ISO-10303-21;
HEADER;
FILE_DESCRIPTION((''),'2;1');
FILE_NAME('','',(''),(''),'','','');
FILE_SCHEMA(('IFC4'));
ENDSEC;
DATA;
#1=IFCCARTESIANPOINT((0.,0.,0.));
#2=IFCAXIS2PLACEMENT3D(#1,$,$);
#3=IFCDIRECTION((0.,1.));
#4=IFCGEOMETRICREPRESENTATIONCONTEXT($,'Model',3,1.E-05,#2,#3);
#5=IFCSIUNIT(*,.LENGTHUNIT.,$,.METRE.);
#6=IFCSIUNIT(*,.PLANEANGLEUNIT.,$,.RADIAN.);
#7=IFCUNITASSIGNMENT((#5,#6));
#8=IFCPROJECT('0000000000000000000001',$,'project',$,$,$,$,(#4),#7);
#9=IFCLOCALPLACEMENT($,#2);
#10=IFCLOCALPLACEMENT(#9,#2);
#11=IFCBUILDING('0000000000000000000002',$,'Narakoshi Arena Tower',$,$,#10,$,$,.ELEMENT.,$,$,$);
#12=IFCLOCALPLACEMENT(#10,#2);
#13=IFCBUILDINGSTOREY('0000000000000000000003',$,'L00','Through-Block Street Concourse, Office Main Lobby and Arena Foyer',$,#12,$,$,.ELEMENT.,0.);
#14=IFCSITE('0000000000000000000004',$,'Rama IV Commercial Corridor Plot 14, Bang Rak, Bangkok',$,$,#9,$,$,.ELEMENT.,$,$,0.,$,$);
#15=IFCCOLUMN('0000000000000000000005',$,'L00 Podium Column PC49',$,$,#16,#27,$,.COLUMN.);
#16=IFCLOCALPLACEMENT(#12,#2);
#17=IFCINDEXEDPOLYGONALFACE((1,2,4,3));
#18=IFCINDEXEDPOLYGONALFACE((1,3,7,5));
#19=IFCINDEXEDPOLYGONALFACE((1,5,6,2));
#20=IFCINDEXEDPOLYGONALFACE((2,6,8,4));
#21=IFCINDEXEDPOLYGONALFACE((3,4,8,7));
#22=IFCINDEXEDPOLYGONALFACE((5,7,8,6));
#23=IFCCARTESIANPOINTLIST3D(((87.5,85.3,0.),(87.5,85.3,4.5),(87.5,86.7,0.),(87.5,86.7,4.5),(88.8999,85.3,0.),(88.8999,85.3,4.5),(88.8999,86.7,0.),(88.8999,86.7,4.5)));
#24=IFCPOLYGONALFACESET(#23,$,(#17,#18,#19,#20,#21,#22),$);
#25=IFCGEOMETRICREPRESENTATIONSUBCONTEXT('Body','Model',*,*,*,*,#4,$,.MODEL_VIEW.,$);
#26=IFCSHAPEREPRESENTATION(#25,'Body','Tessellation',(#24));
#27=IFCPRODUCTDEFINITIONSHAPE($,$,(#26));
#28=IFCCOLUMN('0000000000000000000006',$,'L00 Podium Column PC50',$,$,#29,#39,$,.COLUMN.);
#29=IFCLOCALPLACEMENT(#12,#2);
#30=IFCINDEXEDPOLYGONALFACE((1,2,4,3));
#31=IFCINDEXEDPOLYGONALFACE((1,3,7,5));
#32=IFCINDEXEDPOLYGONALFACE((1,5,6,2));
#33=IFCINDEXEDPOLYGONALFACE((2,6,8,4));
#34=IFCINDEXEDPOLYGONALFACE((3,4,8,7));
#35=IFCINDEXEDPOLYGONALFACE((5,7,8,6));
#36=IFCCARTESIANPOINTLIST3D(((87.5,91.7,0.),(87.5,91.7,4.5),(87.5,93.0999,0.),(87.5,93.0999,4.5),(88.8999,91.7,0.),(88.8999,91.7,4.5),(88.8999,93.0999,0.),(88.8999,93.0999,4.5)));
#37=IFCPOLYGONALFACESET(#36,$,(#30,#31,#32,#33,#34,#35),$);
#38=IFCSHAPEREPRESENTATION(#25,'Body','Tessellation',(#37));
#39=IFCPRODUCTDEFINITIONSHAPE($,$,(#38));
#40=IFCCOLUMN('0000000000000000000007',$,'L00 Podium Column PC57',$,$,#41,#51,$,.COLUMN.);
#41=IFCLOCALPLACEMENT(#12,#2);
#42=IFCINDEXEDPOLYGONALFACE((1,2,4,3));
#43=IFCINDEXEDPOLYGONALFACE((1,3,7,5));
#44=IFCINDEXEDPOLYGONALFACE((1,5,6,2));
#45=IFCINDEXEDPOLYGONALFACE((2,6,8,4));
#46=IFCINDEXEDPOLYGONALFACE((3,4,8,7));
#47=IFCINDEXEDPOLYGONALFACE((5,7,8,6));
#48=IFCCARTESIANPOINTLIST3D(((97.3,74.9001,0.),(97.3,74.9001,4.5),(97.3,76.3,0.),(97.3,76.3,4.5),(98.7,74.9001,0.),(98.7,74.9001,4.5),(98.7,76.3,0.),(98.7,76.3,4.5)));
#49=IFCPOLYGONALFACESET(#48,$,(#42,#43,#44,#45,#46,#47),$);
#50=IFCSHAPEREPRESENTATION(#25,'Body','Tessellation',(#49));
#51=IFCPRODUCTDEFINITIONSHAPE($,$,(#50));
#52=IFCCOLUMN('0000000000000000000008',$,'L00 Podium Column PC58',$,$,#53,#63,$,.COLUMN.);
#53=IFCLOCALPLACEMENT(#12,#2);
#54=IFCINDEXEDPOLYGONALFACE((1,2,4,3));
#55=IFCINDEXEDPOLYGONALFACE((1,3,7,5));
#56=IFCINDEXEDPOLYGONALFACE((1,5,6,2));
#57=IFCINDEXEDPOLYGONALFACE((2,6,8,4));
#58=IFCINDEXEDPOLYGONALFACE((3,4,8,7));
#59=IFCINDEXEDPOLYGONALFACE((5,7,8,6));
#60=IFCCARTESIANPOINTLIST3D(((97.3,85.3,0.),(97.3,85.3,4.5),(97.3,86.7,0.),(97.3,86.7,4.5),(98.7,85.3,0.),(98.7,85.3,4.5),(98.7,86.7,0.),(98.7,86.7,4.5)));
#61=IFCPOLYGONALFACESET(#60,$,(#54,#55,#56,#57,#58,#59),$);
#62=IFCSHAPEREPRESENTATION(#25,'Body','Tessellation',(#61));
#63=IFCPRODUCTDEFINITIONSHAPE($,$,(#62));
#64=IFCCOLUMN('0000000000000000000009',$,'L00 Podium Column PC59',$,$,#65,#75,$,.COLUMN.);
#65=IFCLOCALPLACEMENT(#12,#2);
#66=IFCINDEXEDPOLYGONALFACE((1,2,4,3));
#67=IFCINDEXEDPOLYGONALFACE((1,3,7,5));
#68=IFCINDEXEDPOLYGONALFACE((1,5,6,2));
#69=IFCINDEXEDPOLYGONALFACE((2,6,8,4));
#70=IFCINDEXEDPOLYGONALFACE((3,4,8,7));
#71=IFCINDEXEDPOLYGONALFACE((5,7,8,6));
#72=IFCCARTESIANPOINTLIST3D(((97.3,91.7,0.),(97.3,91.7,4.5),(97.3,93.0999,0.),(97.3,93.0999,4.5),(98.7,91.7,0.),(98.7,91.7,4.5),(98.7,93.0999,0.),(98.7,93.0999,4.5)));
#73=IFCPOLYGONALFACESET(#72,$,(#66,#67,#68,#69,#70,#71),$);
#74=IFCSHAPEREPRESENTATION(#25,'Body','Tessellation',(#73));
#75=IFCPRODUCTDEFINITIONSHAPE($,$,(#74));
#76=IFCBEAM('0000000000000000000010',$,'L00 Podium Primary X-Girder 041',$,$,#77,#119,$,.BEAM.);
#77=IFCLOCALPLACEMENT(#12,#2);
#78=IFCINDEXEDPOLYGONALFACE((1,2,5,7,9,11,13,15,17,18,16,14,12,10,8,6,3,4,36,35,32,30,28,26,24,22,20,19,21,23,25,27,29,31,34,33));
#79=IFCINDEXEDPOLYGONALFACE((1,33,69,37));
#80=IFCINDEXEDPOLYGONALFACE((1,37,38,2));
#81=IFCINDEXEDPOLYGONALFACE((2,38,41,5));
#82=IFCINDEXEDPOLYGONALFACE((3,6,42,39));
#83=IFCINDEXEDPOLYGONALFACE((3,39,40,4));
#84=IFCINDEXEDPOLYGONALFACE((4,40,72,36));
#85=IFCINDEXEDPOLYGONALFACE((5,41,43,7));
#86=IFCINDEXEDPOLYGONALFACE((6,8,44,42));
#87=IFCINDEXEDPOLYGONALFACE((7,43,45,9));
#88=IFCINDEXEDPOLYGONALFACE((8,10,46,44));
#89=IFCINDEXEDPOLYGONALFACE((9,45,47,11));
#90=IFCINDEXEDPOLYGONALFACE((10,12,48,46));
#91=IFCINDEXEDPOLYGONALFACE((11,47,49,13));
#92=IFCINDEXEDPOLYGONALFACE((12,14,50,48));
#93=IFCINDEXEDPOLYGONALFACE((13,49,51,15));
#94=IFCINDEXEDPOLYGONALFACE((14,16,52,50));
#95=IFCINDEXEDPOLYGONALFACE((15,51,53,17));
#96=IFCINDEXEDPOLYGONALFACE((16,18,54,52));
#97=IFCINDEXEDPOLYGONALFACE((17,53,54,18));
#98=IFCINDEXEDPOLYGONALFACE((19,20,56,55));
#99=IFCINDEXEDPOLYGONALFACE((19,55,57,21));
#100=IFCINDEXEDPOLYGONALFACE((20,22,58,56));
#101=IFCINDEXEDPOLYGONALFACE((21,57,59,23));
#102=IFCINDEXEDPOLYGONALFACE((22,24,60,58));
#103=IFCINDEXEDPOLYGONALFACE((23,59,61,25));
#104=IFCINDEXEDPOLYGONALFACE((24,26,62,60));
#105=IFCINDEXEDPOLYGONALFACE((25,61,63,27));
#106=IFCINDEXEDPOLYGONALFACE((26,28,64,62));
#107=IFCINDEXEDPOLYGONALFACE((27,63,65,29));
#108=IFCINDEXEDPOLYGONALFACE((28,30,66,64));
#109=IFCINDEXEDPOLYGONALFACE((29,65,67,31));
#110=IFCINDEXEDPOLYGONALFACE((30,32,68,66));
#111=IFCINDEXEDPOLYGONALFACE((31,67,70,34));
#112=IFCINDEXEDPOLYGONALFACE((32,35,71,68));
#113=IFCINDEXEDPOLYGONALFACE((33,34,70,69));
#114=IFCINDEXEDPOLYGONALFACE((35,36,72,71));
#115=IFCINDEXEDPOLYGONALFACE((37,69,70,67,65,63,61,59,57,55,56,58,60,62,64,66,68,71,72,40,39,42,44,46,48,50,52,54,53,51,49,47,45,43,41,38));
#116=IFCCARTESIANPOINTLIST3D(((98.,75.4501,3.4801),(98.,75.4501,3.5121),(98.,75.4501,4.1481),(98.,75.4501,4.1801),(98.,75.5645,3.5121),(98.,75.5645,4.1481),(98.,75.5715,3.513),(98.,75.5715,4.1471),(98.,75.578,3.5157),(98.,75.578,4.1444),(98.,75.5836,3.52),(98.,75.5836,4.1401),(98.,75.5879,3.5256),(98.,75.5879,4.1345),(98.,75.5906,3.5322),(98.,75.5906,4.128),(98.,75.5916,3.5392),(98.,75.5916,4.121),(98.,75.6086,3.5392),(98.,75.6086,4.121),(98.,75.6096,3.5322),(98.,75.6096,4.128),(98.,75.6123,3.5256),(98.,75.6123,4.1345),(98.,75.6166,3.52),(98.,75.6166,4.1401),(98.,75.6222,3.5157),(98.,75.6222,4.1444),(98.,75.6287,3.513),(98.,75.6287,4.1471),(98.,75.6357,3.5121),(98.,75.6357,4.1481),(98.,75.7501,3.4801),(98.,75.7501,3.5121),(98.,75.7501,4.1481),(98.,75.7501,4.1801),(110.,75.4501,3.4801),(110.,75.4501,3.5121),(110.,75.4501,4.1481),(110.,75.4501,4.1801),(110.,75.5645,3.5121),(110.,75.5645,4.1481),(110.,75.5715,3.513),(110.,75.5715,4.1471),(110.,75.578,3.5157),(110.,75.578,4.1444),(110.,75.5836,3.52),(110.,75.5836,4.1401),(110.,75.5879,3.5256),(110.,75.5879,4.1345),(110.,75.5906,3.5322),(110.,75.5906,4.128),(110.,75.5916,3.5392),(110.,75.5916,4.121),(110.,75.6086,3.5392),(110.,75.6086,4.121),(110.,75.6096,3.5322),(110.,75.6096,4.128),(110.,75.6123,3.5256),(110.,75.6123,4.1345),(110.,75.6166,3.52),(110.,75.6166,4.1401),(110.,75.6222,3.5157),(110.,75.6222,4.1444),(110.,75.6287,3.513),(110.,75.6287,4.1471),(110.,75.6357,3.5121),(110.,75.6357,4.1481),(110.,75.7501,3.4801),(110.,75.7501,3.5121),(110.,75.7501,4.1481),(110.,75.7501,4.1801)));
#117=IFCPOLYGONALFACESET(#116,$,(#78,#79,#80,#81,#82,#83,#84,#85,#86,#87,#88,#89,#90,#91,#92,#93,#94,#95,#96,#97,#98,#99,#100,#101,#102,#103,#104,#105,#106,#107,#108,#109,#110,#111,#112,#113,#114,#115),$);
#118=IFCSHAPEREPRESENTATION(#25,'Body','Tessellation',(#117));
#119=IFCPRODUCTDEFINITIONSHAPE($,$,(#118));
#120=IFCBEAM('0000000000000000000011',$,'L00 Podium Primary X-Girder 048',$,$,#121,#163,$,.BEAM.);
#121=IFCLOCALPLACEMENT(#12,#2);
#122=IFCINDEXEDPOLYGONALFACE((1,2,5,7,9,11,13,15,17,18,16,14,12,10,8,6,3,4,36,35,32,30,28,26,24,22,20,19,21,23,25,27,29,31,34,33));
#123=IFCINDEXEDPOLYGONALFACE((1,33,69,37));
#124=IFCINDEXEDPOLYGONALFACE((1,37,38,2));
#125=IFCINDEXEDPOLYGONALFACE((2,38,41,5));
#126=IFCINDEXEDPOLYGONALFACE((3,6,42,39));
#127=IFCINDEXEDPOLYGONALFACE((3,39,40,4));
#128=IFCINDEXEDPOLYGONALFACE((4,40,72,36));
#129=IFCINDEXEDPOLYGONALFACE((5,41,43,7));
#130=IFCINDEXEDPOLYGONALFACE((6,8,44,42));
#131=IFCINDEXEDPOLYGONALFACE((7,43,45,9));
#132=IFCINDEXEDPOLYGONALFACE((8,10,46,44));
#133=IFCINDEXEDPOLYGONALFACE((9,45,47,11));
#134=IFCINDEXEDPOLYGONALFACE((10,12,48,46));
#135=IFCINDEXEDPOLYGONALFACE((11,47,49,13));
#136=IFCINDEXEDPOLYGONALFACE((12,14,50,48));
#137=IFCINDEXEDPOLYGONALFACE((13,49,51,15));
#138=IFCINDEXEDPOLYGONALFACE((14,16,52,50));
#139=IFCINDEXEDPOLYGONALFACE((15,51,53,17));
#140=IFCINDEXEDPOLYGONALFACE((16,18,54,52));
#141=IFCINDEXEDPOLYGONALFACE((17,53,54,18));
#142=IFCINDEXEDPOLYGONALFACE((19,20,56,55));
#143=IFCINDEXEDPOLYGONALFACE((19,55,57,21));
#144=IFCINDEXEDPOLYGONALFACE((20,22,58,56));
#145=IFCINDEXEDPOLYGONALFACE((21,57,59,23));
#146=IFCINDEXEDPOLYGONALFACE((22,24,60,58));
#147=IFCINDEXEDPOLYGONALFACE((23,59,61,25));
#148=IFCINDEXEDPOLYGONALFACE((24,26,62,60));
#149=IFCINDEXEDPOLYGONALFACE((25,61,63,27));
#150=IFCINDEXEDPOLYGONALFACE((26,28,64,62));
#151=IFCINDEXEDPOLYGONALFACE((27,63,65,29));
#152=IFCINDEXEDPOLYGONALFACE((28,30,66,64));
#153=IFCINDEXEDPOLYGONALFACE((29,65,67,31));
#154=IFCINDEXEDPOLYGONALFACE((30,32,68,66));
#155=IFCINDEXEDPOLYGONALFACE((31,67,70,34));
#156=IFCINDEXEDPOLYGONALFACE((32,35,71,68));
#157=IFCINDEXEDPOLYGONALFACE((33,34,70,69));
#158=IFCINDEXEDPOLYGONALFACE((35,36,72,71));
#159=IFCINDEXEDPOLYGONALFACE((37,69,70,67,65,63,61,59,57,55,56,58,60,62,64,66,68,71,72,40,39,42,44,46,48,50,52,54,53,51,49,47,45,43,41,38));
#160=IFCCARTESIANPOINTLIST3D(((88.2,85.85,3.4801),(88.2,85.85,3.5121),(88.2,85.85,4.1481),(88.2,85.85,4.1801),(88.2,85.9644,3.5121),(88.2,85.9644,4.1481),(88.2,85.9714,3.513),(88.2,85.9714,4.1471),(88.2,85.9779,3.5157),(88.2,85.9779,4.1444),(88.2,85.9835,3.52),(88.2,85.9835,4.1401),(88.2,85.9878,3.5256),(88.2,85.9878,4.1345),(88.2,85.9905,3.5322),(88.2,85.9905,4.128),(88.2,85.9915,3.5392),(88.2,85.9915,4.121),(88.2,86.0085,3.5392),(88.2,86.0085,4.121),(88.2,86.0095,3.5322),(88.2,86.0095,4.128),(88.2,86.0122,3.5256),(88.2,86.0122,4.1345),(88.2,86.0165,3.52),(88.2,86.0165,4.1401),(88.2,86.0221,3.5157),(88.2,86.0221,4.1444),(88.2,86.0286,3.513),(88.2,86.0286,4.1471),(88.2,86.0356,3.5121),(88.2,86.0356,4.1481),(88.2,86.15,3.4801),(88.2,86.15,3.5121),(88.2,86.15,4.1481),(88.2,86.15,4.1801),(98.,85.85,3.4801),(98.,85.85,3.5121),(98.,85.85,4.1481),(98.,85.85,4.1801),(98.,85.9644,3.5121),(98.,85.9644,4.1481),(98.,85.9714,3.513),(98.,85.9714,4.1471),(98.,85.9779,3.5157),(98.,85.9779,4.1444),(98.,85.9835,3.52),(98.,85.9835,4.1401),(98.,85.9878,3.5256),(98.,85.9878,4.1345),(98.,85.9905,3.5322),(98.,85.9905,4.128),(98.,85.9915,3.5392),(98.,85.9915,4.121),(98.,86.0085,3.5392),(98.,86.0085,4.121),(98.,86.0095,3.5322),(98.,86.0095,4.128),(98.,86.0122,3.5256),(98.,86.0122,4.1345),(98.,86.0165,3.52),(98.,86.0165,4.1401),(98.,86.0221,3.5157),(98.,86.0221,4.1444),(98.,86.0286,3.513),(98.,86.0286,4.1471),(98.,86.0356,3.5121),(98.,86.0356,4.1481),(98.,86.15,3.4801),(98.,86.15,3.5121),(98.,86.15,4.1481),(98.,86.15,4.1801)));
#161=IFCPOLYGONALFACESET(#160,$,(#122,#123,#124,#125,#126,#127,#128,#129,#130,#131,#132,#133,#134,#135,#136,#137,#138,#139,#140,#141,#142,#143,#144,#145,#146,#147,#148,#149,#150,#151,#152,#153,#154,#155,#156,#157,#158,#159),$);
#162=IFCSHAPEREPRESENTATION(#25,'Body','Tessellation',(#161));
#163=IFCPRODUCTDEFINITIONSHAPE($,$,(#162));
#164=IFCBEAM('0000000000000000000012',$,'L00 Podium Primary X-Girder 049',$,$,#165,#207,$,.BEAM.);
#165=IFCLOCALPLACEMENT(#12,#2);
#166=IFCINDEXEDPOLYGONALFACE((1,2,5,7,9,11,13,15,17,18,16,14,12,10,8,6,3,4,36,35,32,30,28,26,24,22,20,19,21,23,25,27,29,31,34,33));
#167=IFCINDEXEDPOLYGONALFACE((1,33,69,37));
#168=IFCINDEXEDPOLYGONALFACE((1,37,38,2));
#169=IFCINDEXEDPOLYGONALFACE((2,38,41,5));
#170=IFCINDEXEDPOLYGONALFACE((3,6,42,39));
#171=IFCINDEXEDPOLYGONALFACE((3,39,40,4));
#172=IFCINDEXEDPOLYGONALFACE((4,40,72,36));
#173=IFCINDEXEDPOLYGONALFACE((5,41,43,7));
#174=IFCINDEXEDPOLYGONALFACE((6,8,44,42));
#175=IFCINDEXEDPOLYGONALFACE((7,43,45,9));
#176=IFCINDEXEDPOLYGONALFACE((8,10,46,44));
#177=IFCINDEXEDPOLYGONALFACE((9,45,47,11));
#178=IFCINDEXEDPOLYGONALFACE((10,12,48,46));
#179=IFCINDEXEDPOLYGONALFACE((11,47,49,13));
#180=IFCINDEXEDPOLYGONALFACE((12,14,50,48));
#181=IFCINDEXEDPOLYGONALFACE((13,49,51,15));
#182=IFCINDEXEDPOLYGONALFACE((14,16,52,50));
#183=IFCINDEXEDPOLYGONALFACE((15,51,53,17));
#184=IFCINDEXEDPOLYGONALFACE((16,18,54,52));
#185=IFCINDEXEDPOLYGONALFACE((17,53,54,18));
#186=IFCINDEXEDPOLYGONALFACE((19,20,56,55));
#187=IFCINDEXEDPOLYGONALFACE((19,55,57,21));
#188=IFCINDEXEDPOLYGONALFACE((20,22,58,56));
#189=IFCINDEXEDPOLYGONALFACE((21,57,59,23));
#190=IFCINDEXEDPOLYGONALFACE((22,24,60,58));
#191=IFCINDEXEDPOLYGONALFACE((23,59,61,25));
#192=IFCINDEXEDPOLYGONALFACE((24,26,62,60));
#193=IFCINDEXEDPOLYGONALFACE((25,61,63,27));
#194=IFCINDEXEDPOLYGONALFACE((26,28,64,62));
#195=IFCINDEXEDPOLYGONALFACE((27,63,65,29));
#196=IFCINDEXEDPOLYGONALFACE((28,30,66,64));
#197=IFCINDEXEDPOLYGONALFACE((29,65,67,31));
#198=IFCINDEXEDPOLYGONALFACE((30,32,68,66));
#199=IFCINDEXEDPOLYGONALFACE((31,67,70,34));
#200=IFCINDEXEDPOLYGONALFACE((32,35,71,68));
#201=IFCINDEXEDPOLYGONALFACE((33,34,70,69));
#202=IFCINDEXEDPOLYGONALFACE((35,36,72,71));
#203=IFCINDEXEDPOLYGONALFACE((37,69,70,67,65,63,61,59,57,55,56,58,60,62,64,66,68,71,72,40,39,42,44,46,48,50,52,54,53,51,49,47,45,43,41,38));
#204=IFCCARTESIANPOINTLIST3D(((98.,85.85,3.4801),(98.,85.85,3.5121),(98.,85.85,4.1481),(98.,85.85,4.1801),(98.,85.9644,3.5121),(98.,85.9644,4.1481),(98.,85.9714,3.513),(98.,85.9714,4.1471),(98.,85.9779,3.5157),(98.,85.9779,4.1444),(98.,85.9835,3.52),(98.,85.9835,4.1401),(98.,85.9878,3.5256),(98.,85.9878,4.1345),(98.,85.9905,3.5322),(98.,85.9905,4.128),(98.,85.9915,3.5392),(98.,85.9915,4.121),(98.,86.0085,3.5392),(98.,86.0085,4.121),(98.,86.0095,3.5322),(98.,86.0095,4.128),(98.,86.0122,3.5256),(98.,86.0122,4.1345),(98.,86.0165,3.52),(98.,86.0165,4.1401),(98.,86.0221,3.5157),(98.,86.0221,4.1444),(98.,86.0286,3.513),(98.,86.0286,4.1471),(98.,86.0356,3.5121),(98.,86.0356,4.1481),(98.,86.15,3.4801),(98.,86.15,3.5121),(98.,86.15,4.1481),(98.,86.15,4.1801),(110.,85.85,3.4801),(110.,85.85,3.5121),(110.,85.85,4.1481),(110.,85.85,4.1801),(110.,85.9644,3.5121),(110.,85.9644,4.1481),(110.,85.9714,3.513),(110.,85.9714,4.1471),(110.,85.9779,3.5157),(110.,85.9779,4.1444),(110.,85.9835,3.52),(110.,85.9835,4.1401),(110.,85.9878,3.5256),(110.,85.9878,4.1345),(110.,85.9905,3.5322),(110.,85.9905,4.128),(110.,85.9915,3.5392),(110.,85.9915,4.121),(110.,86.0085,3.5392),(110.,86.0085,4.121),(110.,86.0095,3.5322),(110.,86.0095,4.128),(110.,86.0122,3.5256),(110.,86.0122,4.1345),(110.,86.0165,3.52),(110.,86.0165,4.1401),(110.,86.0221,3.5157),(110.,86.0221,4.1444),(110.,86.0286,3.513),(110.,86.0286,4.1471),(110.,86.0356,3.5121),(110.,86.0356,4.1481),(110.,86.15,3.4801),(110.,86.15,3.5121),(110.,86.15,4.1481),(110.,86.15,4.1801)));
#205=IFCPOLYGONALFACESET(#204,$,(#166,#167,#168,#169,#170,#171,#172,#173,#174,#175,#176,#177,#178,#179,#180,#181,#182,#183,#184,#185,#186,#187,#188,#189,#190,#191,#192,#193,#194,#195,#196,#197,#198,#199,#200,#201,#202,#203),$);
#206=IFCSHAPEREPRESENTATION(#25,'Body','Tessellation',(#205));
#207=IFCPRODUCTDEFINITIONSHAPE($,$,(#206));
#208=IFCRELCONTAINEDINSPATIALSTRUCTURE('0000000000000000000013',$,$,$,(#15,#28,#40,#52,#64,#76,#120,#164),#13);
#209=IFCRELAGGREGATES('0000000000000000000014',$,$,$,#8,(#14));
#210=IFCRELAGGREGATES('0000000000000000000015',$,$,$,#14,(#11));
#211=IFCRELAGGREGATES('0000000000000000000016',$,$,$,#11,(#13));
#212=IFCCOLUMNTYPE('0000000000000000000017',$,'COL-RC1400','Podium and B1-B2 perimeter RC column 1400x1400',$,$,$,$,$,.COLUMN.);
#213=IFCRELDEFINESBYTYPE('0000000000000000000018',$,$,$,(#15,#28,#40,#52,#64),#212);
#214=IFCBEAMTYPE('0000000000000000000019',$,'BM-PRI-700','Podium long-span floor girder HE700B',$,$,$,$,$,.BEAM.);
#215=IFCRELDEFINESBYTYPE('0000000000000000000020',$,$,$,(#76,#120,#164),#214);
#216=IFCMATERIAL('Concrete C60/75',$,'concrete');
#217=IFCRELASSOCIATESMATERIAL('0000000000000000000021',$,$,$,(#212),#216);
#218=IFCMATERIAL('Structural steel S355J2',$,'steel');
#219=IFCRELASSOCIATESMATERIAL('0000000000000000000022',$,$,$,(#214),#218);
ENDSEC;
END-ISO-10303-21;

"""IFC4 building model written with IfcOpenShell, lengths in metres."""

from ifc_helpers import new_model, si_unit, direction, frame, origin, origin_2d, place, context, subcontext, project, spatial, rectangle, i_section, extrude, material, material_profile, profile_set, type_object, element, save


model = new_model("IFC4")

# Units and contexts
model_context = context("Model", 3, precision=1e-05, world=origin(), true_north=direction((0.0, 1.0)))
body_context = subcontext(model_context, "Body", "Model", "MODEL_VIEW")
ifc_project = project(units=[si_unit("LENGTHUNIT", "METRE"), si_unit("PLANEANGLEUNIT", "RADIAN")], contexts=[model_context])

# Site, building, storey
site_placement = place(None, origin())
site = spatial("IfcSite", under=ifc_project, at=site_placement, Name="Rama IV Commercial Corridor Plot 14, Bang Rak, Bangkok", CompositionType="ELEMENT", RefElevation=0.0)
building_placement = place(site_placement, origin())
building = spatial("IfcBuilding", under=site, at=building_placement, Name="Narakoshi Arena Tower", CompositionType="ELEMENT")
storey_placement = place(building_placement, origin())
storey = spatial("IfcBuildingStorey", under=building, at=storey_placement, Name="L00", Description="Through-Block Street Concourse, Office Main Lobby and Arena Foyer", CompositionType="ELEMENT", Elevation=0.0)

# Columns
ifc_material_1 = material(Name="Concrete C60/75", Category="concrete")
ifc_material_profile_1 = material_profile(ifc_material_1, rectangle(XDim=1.3999, YDim=1.3999, at=origin_2d()), Name="RC1400x1400")
ifc_profile_set_1 = profile_set([ifc_material_profile_1], Name="Concrete C60/75")
column_type = type_object("IfcColumnType", Name="COL-RC1400", Description="Podium and B1-B2 perimeter RC column 1400x1400", PredefinedType="COLUMN", material=ifc_profile_set_1)
for number, where, z_axis, x_axis, name in (
    (1, (88.2, 86.0, 0.0), (0.0, 0.0, 1.0), (1.0, 0.0, 0.0), "L00 Podium Column PC49"),
    (2, (88.2, 92.3999, 0.0), (0.0, 0.0, 1.0), (1.0, 0.0, 0.0), "L00 Podium Column PC50"),
    (3, (98.0, 75.6001, 0.0), (0.0, 0.0, 1.0), (1.0, 0.0, 0.0), "L00 Podium Column PC57"),
    (4, (98.0, 86.0, 0.0), (0.0, 0.0, 1.0), (1.0, 0.0, 0.0), "L00 Podium Column PC58"),
    (5, (98.0, 92.3999, 0.0), (0.0, 0.0, 1.0), (1.0, 0.0, 0.0), "L00 Podium Column PC59"),
):
    element("IfcColumn", number, at=place(storey_placement, frame(where, z_axis=z_axis, x_axis=x_axis)), inside=storey, type_object=column_type, Name=name, PredefinedType="COLUMN", context=body_context, shape_type="SweptSolid", body=[
        extrude(rectangle(XDim=1.3999, YDim=1.3999, at=origin_2d()), origin(), (0.0, 0.0, 1.0), 4.5),
    ])

# Beams
ifc_material_2 = material(Name="Structural steel S355J2", Category="steel")
ifc_material_profile_2 = material_profile(ifc_material_2, i_section(OverallWidth=0.3, OverallDepth=0.7, WebThickness=0.0171, FlangeThickness=0.032, FilletRadius=0.0271, at=origin_2d()), Name="HE700B")
ifc_profile_set_2 = profile_set([ifc_material_profile_2], Name="Structural steel S355J2")
beam_type_1 = type_object("IfcBeamType", Name="BM-PRI-700", Description="Podium long-span floor girder HE700B", PredefinedType="BEAM", material=ifc_profile_set_2)
beam_1_placement = place(storey_placement, frame((98.0, 75.6001, 3.8301), z_axis=(1.0, 0.0, 0.0), x_axis=(0.0, 1.0, 0.0)))
element("IfcBeam", 6, at=beam_1_placement, inside=storey, type_object=beam_type_1, Name="L00 Podium Primary X-Girder 041", PredefinedType="BEAM", context=body_context, shape_type="SweptSolid", body=[
    extrude(i_section(OverallWidth=0.3, OverallDepth=0.7, WebThickness=0.0171, FlangeThickness=0.032, FilletRadius=0.0271, at=origin_2d()), origin(), (0.0, 0.0, 1.0), 12.0),
])
beam_2_placement = place(storey_placement, frame((88.2, 86.0, 3.8301), z_axis=(1.0, 0.0, 0.0), x_axis=(0.0, 1.0, 0.0)))
element("IfcBeam", 7, at=beam_2_placement, inside=storey, type_object=beam_type_1, Name="L00 Podium Primary X-Girder 048", PredefinedType="BEAM", context=body_context, shape_type="SweptSolid", body=[
    extrude(i_section(OverallWidth=0.3, OverallDepth=0.7, WebThickness=0.0171, FlangeThickness=0.032, FilletRadius=0.0271, at=origin_2d()), origin(), (0.0, 0.0, 1.0), 9.8),
])
beam_3_placement = place(storey_placement, frame((98.0, 86.0, 3.8301), z_axis=(1.0, 0.0, 0.0), x_axis=(0.0, 1.0, 0.0)))
element("IfcBeam", 8, at=beam_3_placement, inside=storey, type_object=beam_type_1, Name="L00 Podium Primary X-Girder 049", PredefinedType="BEAM", context=body_context, shape_type="SweptSolid", body=[
    extrude(i_section(OverallWidth=0.3, OverallDepth=0.7, WebThickness=0.0171, FlangeThickness=0.032, FilletRadius=0.0271, at=origin_2d()), origin(), (0.0, 0.0, 1.0), 12.0),
])

save(model, "model.ifc")
